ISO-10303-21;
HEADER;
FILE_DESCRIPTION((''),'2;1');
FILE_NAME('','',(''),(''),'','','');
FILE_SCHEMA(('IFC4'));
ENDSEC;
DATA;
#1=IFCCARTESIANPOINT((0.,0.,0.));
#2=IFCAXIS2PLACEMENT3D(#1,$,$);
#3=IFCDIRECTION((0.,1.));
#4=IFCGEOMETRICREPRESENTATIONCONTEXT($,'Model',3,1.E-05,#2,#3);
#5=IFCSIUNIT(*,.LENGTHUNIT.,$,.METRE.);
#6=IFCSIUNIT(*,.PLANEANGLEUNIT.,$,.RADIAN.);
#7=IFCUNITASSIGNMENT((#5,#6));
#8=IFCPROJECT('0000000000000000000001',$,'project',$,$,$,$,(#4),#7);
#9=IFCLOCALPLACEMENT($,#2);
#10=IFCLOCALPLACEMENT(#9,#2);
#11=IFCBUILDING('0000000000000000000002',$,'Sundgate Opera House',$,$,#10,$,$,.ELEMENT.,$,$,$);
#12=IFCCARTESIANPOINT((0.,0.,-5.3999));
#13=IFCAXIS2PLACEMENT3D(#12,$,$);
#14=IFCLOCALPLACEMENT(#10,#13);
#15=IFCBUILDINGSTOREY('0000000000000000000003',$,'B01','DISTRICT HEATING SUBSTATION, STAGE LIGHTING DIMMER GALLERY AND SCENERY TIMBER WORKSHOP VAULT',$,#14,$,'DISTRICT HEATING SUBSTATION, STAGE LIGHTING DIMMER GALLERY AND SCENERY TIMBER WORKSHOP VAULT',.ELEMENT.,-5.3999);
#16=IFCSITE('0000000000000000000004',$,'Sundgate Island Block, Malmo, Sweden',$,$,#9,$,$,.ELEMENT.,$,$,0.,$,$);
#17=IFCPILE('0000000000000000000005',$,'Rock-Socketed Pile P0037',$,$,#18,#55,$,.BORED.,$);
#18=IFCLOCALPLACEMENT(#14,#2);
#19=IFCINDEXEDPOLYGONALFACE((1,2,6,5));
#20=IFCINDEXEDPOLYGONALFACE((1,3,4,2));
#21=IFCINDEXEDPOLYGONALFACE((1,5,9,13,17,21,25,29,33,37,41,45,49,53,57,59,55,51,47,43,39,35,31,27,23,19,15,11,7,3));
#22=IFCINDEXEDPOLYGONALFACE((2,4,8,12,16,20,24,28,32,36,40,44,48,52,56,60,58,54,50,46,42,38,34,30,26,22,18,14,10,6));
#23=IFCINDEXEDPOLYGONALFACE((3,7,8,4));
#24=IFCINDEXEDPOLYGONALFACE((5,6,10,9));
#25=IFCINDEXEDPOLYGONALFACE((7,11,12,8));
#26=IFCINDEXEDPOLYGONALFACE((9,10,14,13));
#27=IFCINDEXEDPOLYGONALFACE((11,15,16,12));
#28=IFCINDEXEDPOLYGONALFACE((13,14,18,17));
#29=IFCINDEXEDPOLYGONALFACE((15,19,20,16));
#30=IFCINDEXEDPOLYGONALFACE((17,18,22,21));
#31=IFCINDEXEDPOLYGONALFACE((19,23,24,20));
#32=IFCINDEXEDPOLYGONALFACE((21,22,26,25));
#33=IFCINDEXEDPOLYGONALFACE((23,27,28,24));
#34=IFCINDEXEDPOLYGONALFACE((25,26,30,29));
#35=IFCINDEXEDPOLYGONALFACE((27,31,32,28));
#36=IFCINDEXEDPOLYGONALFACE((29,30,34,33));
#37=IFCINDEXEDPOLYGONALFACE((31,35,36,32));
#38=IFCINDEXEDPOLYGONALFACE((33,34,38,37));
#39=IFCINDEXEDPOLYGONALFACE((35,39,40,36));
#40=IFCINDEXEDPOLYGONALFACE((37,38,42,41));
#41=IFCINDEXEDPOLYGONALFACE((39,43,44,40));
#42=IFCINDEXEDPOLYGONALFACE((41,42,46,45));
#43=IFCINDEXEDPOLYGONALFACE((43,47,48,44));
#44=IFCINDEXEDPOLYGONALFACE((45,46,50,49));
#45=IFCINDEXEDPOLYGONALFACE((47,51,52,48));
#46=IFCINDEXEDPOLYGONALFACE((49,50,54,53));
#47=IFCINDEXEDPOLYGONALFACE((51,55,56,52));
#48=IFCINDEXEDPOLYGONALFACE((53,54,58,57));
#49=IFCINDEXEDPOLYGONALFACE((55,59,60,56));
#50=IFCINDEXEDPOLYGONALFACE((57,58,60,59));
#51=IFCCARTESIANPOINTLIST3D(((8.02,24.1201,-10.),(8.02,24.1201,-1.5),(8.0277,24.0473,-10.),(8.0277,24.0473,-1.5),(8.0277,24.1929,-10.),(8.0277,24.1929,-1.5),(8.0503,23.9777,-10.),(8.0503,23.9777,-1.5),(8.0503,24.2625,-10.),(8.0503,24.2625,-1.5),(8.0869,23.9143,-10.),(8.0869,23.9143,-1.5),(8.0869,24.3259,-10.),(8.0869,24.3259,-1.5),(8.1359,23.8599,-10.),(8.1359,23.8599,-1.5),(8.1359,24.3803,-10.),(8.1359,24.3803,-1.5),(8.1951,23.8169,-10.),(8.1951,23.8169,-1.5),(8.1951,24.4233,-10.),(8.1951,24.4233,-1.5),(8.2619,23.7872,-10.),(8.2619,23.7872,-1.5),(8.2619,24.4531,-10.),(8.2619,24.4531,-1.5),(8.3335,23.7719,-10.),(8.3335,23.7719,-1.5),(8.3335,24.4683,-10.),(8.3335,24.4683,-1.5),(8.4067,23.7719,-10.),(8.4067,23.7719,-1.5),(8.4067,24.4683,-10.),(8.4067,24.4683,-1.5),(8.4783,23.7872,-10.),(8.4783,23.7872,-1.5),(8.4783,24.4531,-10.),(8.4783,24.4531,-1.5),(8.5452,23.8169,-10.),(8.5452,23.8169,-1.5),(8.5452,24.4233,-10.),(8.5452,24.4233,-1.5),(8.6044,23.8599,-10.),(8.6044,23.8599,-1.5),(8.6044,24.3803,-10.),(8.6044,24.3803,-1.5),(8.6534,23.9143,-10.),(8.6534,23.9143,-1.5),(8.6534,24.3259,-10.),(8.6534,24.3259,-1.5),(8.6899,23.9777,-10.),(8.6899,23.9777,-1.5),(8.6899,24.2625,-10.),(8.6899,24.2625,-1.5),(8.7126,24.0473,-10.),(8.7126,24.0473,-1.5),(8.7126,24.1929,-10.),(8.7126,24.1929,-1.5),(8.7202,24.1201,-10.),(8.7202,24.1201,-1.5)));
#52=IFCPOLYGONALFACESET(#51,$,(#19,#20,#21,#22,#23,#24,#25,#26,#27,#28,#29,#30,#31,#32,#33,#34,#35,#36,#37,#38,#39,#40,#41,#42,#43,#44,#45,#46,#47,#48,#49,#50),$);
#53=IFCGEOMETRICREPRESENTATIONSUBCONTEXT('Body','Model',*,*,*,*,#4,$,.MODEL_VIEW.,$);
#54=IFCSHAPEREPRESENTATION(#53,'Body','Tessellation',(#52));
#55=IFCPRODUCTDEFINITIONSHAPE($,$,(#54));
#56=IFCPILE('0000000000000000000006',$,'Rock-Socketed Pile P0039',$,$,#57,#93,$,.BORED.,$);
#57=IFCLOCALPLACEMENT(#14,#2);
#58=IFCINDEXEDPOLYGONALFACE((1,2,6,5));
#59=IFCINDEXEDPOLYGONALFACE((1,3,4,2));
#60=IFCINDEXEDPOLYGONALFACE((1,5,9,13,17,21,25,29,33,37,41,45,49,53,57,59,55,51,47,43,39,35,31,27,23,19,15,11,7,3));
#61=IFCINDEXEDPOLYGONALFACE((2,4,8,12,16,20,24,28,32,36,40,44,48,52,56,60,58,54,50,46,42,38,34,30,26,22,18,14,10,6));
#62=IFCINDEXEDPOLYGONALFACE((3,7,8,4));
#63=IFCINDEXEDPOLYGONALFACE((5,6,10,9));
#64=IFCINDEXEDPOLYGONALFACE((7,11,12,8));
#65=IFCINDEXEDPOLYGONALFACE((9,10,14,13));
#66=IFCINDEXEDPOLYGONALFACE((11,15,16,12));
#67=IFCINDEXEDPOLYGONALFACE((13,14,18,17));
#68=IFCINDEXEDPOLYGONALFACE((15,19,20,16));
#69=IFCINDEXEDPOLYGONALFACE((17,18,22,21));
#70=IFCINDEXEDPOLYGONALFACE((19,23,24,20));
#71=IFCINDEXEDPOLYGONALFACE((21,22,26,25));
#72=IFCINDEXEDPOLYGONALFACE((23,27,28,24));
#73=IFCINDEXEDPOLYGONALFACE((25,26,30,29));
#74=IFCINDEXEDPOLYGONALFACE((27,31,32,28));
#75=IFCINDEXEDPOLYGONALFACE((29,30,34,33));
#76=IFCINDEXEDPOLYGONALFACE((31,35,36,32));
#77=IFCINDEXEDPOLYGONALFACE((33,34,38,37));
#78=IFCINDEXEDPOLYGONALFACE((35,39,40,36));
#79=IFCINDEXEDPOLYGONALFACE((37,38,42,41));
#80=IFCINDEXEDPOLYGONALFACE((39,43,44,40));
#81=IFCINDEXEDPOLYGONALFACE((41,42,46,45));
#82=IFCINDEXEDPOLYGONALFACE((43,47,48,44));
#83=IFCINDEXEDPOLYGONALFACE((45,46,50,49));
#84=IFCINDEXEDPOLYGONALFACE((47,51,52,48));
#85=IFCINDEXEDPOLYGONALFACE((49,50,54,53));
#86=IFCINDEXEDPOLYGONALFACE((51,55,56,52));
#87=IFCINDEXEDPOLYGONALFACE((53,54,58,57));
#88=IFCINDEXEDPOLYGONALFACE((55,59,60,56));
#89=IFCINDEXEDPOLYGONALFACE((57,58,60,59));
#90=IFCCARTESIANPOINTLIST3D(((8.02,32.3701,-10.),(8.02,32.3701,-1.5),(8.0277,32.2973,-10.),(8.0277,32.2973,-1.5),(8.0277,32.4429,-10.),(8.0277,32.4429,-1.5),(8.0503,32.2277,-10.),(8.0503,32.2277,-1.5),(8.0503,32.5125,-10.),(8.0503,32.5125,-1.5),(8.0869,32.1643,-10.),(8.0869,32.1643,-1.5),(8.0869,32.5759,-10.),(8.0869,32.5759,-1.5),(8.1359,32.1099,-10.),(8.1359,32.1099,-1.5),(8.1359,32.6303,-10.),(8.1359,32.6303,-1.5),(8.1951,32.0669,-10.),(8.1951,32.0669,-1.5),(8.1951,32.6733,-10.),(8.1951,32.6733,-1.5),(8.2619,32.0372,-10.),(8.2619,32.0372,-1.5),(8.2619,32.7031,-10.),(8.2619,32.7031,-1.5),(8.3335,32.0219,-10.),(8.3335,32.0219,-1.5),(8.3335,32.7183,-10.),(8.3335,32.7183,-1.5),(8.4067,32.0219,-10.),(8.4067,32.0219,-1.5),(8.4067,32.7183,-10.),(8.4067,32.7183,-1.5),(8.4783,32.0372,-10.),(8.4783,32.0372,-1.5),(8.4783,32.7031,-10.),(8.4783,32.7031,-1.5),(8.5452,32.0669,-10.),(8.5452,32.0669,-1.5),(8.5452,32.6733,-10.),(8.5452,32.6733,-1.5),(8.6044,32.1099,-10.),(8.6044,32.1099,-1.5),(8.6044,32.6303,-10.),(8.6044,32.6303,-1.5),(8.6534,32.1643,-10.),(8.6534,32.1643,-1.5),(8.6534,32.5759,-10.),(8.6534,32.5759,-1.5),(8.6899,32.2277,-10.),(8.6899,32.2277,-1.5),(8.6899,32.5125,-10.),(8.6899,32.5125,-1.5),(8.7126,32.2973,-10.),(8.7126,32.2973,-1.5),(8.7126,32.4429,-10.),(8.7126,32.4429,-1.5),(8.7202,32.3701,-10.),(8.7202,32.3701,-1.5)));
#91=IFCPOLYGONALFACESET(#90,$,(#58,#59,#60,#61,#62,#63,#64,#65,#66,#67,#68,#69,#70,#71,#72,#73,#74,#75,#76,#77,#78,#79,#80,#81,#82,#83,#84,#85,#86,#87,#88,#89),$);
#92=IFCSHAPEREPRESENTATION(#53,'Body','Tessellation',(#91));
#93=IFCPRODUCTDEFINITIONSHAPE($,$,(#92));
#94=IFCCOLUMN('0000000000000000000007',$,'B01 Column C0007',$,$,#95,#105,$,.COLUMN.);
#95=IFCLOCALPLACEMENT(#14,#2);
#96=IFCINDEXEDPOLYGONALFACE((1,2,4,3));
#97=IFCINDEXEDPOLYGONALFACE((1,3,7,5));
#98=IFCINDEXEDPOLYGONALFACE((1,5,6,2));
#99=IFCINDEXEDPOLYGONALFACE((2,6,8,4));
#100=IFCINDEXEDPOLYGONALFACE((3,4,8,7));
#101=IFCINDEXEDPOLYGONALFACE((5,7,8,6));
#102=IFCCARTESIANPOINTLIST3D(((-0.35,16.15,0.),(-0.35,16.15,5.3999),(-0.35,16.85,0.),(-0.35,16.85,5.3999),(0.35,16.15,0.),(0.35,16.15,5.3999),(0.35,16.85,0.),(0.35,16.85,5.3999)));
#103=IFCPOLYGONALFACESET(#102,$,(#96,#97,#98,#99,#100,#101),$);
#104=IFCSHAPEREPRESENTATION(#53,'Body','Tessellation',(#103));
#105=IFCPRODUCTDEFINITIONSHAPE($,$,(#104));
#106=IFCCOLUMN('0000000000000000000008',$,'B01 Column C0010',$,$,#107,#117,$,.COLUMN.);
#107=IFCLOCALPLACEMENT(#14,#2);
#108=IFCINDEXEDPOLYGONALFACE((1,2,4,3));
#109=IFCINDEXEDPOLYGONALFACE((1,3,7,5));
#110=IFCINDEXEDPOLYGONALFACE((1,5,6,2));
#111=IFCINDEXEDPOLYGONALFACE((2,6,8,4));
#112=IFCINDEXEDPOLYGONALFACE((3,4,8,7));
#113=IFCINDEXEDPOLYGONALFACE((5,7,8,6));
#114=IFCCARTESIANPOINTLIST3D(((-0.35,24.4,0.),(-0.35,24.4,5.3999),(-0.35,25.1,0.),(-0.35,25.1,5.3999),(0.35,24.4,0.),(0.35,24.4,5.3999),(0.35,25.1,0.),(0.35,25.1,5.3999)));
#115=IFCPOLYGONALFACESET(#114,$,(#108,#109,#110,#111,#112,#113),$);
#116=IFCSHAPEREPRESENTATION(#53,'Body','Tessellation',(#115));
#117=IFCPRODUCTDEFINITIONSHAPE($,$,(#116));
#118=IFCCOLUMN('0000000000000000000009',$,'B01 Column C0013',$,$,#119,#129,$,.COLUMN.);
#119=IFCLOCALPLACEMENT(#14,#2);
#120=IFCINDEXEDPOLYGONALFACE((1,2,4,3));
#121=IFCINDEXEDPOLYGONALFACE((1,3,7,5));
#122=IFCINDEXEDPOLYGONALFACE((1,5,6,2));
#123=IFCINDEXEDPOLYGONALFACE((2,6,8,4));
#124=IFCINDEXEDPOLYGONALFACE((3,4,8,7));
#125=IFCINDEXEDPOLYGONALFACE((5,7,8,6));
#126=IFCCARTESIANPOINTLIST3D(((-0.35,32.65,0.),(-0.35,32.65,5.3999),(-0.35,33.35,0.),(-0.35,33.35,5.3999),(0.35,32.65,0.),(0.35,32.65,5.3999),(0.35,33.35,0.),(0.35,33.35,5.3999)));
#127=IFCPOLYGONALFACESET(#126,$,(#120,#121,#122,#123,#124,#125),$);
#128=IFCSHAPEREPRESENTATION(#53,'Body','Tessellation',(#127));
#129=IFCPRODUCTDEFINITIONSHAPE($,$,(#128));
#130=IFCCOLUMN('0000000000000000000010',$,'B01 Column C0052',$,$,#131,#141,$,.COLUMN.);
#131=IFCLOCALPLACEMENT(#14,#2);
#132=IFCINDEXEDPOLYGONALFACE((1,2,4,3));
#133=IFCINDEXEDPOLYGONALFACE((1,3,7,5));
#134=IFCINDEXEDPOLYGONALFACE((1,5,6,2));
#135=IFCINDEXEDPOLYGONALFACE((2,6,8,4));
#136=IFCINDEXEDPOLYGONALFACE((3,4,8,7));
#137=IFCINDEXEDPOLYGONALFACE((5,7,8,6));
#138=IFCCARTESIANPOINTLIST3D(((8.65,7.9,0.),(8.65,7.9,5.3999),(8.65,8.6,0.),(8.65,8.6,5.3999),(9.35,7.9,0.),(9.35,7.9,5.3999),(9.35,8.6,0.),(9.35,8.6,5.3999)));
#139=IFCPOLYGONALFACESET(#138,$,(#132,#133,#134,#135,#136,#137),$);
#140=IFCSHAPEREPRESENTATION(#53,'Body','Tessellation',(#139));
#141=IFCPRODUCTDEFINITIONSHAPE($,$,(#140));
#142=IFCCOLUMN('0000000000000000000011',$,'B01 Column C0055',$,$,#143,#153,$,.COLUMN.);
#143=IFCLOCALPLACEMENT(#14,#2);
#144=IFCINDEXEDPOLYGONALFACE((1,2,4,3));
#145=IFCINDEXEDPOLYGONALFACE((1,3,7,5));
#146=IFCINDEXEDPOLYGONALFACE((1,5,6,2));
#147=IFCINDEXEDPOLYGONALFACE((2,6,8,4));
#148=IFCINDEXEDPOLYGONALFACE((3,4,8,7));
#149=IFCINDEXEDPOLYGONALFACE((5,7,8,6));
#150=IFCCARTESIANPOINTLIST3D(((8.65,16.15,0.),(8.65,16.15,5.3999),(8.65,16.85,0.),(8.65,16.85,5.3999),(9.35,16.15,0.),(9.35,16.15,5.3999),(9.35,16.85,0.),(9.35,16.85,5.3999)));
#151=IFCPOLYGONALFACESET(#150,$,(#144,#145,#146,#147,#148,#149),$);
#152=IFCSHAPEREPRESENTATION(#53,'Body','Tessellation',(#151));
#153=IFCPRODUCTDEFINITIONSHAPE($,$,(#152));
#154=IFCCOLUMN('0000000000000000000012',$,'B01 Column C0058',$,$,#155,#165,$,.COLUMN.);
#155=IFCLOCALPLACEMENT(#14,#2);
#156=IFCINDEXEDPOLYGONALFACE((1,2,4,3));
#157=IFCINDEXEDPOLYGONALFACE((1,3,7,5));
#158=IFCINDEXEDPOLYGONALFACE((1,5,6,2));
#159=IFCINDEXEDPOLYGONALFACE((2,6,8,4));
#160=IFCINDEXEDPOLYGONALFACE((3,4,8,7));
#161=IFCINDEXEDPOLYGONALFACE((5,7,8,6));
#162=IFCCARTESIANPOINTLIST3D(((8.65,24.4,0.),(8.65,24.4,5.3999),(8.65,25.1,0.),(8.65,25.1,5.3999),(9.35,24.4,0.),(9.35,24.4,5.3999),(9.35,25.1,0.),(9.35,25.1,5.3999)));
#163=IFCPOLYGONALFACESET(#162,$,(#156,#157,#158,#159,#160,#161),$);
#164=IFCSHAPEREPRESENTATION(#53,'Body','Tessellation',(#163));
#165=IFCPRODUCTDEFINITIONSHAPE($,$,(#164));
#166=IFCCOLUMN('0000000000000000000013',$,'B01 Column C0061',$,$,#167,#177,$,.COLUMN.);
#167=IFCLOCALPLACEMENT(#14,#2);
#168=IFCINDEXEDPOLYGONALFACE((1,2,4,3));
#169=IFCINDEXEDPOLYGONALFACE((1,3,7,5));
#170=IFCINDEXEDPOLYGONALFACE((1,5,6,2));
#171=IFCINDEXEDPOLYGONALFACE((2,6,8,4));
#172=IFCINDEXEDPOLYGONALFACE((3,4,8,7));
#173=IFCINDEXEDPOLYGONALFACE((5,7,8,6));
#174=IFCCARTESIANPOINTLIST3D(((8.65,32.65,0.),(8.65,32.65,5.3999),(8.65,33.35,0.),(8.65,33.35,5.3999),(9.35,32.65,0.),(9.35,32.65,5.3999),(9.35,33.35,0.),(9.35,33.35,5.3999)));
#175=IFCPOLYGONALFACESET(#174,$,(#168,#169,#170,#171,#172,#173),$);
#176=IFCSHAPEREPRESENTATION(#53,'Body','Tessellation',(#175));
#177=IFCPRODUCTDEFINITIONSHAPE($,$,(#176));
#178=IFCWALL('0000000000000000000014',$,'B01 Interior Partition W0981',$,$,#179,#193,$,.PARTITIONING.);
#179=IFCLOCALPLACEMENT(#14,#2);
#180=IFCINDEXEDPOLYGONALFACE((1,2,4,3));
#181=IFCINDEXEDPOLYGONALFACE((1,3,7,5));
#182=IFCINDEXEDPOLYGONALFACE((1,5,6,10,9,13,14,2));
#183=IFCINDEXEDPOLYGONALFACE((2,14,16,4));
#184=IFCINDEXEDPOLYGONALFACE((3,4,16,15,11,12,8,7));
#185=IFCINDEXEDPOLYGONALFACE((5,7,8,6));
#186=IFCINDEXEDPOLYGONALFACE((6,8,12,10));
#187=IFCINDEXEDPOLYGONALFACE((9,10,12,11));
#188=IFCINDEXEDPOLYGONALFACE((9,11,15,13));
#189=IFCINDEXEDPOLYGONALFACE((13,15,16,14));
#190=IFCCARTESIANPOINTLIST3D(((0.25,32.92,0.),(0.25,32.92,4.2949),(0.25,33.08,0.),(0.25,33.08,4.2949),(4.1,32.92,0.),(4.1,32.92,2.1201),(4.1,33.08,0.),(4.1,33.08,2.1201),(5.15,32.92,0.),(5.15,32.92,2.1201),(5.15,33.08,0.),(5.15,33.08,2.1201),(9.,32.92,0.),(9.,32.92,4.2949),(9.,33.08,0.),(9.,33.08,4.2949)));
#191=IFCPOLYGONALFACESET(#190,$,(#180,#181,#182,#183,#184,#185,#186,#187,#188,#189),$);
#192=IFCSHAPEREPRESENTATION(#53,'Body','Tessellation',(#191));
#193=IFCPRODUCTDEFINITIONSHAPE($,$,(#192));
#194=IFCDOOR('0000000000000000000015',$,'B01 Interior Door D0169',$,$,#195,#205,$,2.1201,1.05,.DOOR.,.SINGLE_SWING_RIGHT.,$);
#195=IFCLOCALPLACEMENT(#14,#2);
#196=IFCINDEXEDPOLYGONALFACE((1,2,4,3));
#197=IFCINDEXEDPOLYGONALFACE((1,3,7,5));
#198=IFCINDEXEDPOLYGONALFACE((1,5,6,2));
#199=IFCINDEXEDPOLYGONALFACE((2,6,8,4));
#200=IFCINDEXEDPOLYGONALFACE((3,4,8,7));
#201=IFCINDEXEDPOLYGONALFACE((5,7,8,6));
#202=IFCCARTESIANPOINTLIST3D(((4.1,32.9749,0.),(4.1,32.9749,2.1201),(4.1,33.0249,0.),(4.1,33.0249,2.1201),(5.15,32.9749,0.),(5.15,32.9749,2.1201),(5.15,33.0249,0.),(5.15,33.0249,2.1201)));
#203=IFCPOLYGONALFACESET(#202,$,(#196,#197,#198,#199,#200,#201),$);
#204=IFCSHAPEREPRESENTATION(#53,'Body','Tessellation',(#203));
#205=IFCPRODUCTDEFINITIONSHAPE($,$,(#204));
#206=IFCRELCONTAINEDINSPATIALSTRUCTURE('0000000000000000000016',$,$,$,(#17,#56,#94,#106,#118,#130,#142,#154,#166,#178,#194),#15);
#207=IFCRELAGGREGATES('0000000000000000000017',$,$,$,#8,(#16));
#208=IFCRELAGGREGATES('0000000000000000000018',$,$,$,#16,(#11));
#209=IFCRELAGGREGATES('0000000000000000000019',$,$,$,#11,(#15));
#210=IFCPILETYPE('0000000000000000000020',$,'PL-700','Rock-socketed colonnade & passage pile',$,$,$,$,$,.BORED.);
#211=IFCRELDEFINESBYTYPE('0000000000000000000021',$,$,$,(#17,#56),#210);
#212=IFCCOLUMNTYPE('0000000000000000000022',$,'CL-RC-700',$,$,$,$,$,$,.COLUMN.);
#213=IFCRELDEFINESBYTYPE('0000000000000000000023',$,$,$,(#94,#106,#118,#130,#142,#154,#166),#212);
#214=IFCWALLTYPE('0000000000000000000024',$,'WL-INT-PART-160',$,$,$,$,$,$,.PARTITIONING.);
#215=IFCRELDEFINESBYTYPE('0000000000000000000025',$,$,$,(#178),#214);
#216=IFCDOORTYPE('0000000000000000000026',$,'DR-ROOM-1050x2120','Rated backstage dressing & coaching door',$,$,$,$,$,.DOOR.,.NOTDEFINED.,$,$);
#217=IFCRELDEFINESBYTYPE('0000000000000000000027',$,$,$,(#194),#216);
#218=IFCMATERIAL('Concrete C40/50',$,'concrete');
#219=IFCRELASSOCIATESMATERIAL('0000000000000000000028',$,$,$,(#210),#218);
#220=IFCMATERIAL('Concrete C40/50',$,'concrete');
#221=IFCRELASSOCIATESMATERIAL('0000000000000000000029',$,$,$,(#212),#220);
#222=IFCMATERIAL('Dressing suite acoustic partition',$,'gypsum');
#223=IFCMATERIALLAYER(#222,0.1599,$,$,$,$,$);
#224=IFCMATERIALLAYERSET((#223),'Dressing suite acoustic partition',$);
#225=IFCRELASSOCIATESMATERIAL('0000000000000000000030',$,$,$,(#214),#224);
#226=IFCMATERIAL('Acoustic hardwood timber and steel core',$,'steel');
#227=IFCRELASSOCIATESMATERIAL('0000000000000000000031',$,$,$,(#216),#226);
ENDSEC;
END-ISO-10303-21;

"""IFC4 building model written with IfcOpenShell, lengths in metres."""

from ifc_helpers import new_model, si_unit, direction, frame, frame_2d, origin, origin_2d, place, context, subcontext, project, spatial, rectangle, circle, extrude, material, layer, layer_set, material_profile, profile_set, type_object, element, fill, save


model = new_model("IFC4")

# Units and contexts
model_context = context("Model", 3, precision=1e-05, world=origin(), true_north=direction((0.0, 1.0)))
body_context = subcontext(model_context, "Body", "Model", "MODEL_VIEW")
ifc_project = project(units=[si_unit("LENGTHUNIT", "METRE"), si_unit("PLANEANGLEUNIT", "RADIAN")], contexts=[model_context])

# Site, building, storey
site_placement = place(None, origin())
site = spatial("IfcSite", under=ifc_project, at=site_placement, Name="Sundgate Island Block, Malmo, Sweden", CompositionType="ELEMENT", RefElevation=0.0)
building_placement = place(site_placement, origin())
building = spatial("IfcBuilding", under=site, at=building_placement, Name="Sundgate Opera House", CompositionType="ELEMENT")
storey_placement = place(building_placement, frame((0.0, 0.0, -5.3999)))
storey = spatial("IfcBuildingStorey", under=building, at=storey_placement, Name="B01", Description="DISTRICT HEATING SUBSTATION, STAGE LIGHTING DIMMER GALLERY AND SCENERY TIMBER WORKSHOP VAULT", LongName="DISTRICT HEATING SUBSTATION, STAGE LIGHTING DIMMER GALLERY AND SCENERY TIMBER WORKSHOP VAULT", CompositionType="ELEMENT", Elevation=-5.3999)

# Piles
ifc_material_1 = material(Name="Concrete C40/50", Category="concrete")
ifc_material_profile_1 = material_profile(ifc_material_1, circle(Radius=0.3501, at=origin_2d()), Name="PILE D700")
ifc_profile_set_1 = profile_set([ifc_material_profile_1], Name="Concrete C40/50")
pile_type = type_object("IfcPileType", Name="PL-700", Description="Rock-socketed colonnade & passage pile", PredefinedType="BORED", material=ifc_profile_set_1)
for number, where, z_axis, x_axis, name in (
    (1, (8.3701, 24.1201, -1.5), (0.0, 0.0, -1.0), (1.0, 0.0, 0.0), "Rock-Socketed Pile P0037"),
    (2, (8.3701, 32.3701, -1.5), (0.0, 0.0, -1.0), (1.0, 0.0, 0.0), "Rock-Socketed Pile P0039"),
):
    element("IfcPile", number, at=place(storey_placement, frame(where, z_axis=z_axis, x_axis=x_axis)), inside=storey, type_object=pile_type, Name=name, PredefinedType="BORED", context=body_context, shape_type="SweptSolid", body=[
        extrude(circle(Radius=0.3501, at=origin_2d()), origin(), (0.0, 0.0, 1.0), 8.5),
    ])

# Columns
ifc_material_2 = material(Name="Concrete C40/50", Category="concrete")
ifc_material_profile_2 = material_profile(ifc_material_2, rectangle(XDim=0.7, YDim=0.7, at=origin_2d()), Name="RC 700x700")
ifc_profile_set_2 = profile_set([ifc_material_profile_2], Name="Concrete C40/50")
column_type = type_object("IfcColumnType", Name="CL-RC-700", PredefinedType="COLUMN", material=ifc_profile_set_2)
for number, where, z_axis, x_axis, name in (
    (3, (0.0, 16.5, 0.0), (0.0, 0.0, 1.0), (1.0, 0.0, 0.0), "B01 Column C0007"),
    (4, (0.0, 24.75, 0.0), (0.0, 0.0, 1.0), (1.0, 0.0, 0.0), "B01 Column C0010"),
    (5, (0.0, 33.0, 0.0), (0.0, 0.0, 1.0), (1.0, 0.0, 0.0), "B01 Column C0013"),
    (6, (9.0, 8.25, 0.0), (0.0, 0.0, 1.0), (1.0, 0.0, 0.0), "B01 Column C0052"),
    (7, (9.0, 16.5, 0.0), (0.0, 0.0, 1.0), (1.0, 0.0, 0.0), "B01 Column C0055"),
    (8, (9.0, 24.75, 0.0), (0.0, 0.0, 1.0), (1.0, 0.0, 0.0), "B01 Column C0058"),
    (9, (9.0, 33.0, 0.0), (0.0, 0.0, 1.0), (1.0, 0.0, 0.0), "B01 Column C0061"),
):
    element("IfcColumn", number, at=place(storey_placement, frame(where, z_axis=z_axis, x_axis=x_axis)), inside=storey, type_object=column_type, Name=name, PredefinedType="COLUMN", context=body_context, shape_type="SweptSolid", body=[
        extrude(rectangle(XDim=0.7, YDim=0.7, at=origin_2d()), origin(), (0.0, 0.0, 1.0), 5.3999),
    ])

# Wall, opening, door
ifc_material_3 = material(Name="Dressing suite acoustic partition", Category="gypsum")
ifc_layer = layer(ifc_material_3, 0.1599)
ifc_layer_set = layer_set([ifc_layer], Name="Dressing suite acoustic partition")
wall_type = type_object("IfcWallType", Name="WL-INT-PART-160", PredefinedType="PARTITIONING", material=ifc_layer_set)
wall_placement = place(storey_placement, frame((0.25, 33.0, 0.0), z_axis=(0.0, 0.0, 1.0), x_axis=(1.0, 0.0, 0.0)))
wall = element("IfcWall", 10, at=wall_placement, inside=storey, type_object=wall_type, Name="B01 Interior Partition W0981", PredefinedType="PARTITIONING", context=body_context, shape_type="SweptSolid", body=[
    extrude(rectangle(XDim=8.75, YDim=0.1599, at=frame_2d((4.375, 0.0))), origin(), (0.0, 0.0, 1.0), 4.2949),
])
opening_placement = place(wall_placement, frame((3.8501, 0.0, 0.0)))
opening = element("IfcOpeningElement", 11, at=opening_placement, cuts=wall, PredefinedType="OPENING", context=body_context, shape_type="SweptSolid", body=[
    extrude(rectangle(XDim=1.05, YDim=2.1201, at=frame_2d((0.5249, 1.0601))), frame((0.0, 0.0898, 0.0), z_axis=(0.0, -1.0, 0.0), x_axis=(1.0, 0.0, 0.0)), (0.0, 0.0, 1.0), 0.1799),
])
ifc_material_4 = material(Name="Acoustic hardwood timber and steel core", Category="steel")
door_type = type_object("IfcDoorType", Name="DR-ROOM-1050x2120", Description="Rated backstage dressing & coaching door", OperationType="NOTDEFINED", PredefinedType="DOOR", material=ifc_material_4)
door_placement = place(opening_placement, origin())
door = element("IfcDoor", 12, at=door_placement, inside=storey, type_object=door_type, Name="B01 Interior Door D0169", OperationType="SINGLE_SWING_RIGHT", OverallHeight=2.1201, OverallWidth=1.05, PredefinedType="DOOR", context=body_context, shape_type="SweptSolid", body=[
    extrude(rectangle(XDim=1.05, YDim=2.1201, at=frame_2d((0.5249, 1.0601))), frame((0.0, 0.0249, 0.0), z_axis=(0.0, -1.0, 0.0), x_axis=(1.0, 0.0, 0.0)), (0.0, 0.0, 1.0), 0.05),
])
fill(opening, door)

save(model, "model.ifc")
